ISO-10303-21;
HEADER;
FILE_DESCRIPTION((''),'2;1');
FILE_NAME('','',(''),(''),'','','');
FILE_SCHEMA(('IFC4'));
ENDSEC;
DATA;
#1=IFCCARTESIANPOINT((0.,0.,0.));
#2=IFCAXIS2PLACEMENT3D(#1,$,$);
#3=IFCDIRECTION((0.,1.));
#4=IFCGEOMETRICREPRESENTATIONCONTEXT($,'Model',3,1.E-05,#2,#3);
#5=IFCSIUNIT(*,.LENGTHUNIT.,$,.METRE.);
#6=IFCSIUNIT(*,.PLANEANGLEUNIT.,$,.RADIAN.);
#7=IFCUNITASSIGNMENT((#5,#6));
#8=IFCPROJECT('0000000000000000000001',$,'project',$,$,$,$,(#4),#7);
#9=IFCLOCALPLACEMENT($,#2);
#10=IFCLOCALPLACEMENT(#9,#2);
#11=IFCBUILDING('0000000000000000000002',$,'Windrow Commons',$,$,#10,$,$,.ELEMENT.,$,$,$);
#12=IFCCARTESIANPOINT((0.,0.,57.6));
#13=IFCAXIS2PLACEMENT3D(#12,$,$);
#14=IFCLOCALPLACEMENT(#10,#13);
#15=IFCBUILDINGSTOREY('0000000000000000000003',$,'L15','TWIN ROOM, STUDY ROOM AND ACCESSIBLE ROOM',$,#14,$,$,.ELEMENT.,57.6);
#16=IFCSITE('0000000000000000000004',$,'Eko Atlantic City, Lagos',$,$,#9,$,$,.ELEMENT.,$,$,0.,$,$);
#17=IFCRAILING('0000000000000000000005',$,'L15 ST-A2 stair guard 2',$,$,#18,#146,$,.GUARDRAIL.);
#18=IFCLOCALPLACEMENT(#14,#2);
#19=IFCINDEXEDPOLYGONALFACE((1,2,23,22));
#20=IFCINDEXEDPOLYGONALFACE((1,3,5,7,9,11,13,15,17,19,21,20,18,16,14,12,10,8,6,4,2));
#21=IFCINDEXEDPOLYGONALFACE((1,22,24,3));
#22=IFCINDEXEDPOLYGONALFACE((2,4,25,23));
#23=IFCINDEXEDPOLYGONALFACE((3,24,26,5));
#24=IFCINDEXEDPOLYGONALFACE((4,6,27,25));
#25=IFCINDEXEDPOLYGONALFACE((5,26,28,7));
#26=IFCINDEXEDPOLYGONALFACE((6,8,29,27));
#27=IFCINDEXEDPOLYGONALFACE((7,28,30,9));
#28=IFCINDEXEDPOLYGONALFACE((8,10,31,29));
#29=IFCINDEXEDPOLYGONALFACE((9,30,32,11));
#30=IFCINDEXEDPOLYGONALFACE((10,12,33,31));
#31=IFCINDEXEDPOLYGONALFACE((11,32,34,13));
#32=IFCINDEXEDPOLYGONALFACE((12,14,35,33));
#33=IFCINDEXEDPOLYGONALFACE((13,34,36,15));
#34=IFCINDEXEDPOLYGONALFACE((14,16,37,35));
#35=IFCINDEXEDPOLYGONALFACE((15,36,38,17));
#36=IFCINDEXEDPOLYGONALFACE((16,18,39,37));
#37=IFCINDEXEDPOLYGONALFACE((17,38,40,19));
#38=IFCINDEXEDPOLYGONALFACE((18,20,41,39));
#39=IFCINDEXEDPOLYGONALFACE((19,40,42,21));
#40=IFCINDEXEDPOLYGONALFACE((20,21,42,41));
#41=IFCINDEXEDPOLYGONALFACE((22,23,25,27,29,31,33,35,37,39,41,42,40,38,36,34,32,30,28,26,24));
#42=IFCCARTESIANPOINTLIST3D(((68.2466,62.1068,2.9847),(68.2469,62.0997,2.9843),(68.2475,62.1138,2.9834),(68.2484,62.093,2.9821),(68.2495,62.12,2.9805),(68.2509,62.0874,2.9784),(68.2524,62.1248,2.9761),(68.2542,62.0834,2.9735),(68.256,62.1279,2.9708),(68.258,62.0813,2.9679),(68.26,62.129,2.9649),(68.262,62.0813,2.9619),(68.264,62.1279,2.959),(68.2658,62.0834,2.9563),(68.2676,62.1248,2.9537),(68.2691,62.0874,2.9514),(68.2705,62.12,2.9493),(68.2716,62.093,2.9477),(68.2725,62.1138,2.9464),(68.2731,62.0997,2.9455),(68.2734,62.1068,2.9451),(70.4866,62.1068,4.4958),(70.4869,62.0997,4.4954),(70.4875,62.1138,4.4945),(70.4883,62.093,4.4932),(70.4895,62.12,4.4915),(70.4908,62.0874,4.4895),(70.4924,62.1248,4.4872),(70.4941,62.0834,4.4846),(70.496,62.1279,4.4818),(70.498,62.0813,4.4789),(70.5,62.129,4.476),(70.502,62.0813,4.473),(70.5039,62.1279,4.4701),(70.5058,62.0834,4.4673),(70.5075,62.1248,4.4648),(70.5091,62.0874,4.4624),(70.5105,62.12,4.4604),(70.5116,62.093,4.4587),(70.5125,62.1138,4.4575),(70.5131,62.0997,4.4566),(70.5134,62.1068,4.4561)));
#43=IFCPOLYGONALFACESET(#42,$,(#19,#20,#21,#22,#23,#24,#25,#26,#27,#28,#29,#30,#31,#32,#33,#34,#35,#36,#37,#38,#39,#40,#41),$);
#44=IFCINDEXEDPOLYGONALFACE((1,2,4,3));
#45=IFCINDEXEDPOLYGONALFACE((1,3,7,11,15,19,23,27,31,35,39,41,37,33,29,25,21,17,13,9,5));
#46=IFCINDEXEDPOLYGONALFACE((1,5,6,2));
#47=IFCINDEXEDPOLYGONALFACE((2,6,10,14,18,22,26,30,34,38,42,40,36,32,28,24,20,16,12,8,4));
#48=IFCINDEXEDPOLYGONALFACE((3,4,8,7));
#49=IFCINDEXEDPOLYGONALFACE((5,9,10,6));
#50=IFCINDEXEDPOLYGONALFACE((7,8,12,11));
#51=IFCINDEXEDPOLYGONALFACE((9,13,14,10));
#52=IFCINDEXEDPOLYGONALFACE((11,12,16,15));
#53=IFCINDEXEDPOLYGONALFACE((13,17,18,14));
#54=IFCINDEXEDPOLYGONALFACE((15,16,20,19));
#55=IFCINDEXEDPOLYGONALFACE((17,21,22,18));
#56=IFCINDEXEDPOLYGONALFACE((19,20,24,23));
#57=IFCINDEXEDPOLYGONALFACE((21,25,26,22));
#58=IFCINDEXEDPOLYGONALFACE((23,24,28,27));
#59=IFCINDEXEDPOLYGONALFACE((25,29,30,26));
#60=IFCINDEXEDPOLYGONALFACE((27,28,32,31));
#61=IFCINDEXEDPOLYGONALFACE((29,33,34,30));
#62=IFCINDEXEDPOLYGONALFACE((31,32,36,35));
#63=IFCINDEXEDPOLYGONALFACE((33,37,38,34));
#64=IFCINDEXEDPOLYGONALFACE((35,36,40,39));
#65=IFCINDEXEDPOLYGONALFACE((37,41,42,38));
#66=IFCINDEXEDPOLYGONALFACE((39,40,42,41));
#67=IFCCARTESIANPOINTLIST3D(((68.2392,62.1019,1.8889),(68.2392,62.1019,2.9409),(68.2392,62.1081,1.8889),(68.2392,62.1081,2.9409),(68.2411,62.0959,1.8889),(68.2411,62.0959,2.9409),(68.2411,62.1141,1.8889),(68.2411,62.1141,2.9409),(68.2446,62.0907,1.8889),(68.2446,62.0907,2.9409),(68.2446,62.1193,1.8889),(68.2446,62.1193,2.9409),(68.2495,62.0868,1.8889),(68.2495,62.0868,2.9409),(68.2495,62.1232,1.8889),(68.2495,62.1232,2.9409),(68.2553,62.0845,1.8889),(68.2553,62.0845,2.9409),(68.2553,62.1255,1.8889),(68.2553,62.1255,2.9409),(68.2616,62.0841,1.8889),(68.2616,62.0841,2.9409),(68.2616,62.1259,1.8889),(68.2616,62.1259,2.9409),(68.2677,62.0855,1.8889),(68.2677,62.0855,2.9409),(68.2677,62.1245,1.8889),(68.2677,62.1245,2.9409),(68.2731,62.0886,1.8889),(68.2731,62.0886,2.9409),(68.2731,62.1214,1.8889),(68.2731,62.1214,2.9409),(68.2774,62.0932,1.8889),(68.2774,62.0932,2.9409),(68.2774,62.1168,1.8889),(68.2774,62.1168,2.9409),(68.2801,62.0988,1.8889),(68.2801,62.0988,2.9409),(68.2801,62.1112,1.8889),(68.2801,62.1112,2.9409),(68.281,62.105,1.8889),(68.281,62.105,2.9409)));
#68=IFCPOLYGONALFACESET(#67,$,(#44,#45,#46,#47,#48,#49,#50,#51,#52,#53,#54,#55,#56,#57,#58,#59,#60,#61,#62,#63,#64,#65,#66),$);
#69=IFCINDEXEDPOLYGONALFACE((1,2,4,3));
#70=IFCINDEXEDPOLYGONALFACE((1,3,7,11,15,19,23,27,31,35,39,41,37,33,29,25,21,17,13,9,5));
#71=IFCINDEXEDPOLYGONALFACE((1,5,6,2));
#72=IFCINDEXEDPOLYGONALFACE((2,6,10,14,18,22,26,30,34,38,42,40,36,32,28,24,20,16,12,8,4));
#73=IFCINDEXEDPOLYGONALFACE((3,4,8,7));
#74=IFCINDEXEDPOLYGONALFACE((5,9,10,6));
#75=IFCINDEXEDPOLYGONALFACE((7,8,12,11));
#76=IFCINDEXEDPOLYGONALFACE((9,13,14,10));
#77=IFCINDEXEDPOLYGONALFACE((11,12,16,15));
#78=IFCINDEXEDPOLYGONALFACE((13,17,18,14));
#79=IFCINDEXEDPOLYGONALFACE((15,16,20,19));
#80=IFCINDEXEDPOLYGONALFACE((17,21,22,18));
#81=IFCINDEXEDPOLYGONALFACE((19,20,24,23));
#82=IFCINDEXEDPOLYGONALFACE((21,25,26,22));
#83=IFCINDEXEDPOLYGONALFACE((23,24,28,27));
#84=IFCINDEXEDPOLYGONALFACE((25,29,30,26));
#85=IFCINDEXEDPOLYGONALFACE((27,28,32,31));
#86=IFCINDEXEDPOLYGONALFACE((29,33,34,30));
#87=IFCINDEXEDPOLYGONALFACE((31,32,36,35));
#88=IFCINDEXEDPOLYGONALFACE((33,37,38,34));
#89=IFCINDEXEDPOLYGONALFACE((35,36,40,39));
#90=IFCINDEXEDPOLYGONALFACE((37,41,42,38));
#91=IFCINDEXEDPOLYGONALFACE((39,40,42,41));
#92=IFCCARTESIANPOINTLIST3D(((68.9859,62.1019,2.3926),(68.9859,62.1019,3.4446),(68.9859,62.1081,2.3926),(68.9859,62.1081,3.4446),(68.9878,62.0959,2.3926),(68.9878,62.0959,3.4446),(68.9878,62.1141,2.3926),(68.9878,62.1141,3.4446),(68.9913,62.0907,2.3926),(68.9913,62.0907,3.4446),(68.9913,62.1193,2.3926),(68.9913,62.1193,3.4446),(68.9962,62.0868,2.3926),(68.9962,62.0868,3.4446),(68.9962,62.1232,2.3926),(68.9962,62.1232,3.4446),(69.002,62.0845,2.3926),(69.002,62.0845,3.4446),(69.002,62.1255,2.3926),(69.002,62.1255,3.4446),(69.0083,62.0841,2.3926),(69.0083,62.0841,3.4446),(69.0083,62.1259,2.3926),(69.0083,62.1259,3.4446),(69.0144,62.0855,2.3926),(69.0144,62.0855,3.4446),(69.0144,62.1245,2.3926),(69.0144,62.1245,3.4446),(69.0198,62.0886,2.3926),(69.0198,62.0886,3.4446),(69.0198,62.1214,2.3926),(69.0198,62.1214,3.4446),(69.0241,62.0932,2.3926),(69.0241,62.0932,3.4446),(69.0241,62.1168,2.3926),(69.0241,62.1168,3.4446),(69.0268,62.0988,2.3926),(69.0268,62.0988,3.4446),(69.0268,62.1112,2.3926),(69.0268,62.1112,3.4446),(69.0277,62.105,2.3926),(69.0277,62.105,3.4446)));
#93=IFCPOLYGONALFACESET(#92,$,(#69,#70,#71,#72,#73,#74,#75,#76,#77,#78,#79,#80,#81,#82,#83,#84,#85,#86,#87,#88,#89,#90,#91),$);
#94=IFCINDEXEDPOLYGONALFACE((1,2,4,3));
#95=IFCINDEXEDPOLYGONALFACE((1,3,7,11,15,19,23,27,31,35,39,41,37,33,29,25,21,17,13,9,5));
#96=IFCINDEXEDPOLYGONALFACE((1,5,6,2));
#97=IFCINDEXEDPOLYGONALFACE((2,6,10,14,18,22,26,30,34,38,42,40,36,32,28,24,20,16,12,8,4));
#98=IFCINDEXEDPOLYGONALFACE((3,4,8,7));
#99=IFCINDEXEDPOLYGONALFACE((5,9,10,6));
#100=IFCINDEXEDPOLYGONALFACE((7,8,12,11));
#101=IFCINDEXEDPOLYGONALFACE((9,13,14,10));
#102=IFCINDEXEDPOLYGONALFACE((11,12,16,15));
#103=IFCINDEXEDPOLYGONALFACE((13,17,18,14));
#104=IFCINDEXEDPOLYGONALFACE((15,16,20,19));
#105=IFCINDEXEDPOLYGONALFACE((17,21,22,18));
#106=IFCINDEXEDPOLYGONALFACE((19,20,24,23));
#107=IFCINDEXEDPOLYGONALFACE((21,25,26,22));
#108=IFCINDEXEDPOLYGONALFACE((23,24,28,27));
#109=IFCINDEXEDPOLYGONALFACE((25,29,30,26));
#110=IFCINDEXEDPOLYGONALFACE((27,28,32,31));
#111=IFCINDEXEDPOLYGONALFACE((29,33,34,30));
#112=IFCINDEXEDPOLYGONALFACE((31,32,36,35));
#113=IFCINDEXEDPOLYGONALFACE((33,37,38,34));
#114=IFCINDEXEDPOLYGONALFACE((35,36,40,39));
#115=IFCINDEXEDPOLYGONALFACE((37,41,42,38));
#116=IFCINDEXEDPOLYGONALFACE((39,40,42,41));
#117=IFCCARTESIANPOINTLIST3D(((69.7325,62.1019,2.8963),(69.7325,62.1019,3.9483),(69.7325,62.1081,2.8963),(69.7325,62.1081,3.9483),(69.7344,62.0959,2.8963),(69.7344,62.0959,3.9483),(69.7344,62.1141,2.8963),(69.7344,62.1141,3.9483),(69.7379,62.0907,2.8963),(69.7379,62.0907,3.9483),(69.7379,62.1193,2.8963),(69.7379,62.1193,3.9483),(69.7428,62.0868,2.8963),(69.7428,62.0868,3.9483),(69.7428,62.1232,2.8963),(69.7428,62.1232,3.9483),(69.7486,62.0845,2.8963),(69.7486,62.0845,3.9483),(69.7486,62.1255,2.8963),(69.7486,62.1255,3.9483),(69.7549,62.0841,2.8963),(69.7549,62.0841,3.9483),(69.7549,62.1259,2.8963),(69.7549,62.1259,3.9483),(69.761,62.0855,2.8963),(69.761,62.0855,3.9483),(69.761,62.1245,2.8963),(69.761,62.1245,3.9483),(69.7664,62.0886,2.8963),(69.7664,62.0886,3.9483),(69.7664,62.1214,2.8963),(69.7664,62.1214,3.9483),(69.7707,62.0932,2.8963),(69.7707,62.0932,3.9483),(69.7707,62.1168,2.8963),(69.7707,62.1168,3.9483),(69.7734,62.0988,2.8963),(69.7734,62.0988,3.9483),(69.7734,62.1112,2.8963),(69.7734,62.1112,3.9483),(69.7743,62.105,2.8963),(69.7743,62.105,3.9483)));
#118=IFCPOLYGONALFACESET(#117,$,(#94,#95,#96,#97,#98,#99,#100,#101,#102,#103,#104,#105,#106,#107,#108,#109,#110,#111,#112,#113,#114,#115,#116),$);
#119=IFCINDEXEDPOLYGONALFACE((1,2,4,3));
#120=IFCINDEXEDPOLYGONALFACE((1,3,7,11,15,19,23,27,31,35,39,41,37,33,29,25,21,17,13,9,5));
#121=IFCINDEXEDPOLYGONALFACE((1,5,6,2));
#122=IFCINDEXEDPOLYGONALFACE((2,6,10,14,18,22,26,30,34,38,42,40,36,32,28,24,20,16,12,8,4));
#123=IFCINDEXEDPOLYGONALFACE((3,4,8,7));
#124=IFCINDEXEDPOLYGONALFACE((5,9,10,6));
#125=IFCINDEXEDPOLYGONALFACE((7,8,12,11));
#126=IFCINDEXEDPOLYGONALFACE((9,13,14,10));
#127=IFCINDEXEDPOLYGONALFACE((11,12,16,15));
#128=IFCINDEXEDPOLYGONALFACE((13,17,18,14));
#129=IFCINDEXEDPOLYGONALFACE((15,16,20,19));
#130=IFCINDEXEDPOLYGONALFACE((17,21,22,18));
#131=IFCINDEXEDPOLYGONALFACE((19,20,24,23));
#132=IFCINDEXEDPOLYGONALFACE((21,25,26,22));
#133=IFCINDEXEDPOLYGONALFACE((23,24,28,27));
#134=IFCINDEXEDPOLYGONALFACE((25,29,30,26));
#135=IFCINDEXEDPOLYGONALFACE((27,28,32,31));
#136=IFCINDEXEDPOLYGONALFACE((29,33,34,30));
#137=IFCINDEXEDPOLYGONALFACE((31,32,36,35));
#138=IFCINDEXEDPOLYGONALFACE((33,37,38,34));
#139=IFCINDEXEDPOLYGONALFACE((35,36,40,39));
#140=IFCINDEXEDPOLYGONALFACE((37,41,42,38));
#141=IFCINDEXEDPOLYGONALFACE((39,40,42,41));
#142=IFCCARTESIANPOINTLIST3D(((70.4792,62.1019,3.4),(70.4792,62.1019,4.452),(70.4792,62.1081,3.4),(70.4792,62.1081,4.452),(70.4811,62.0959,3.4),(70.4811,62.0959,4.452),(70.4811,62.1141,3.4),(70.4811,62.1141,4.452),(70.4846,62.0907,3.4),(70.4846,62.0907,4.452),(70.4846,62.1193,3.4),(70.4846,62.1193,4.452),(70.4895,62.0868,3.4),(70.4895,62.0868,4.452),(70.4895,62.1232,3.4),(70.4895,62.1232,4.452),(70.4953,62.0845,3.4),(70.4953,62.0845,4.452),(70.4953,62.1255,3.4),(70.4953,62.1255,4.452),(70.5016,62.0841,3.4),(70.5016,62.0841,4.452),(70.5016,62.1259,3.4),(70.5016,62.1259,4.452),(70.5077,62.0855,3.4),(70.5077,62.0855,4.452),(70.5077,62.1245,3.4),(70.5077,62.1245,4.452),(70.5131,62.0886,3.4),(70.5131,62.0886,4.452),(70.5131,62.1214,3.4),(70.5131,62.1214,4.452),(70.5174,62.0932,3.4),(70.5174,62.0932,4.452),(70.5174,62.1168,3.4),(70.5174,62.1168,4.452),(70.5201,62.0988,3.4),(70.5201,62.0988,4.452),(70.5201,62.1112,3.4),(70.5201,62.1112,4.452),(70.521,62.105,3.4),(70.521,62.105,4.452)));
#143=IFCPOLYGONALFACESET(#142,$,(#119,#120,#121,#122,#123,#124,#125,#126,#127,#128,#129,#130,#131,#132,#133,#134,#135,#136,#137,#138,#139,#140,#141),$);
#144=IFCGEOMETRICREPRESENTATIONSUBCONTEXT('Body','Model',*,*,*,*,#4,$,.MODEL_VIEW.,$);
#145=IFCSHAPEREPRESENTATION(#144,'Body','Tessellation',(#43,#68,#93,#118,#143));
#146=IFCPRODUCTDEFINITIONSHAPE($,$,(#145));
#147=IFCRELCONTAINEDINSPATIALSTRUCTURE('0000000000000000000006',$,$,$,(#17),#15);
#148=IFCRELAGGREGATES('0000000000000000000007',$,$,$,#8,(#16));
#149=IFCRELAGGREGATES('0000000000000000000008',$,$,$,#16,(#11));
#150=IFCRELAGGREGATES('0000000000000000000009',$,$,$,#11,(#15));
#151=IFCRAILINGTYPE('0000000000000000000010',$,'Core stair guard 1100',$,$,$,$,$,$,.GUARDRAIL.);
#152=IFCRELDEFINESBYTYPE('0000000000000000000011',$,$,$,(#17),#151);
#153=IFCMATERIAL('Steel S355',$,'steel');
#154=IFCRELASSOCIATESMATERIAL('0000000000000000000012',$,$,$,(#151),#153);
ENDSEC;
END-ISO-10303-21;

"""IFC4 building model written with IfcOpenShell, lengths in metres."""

from ifc_helpers import new_model, si_unit, direction, frame, origin, origin_2d, place, context, subcontext, project, spatial, circle, extrude, material, type_object, element, save


model = new_model("IFC4")

# Units and contexts
model_context = context("Model", 3, precision=1e-05, world=origin(), true_north=direction((0.0, 1.0)))
body_context = subcontext(model_context, "Body", "Model", "MODEL_VIEW")
ifc_project = project(units=[si_unit("LENGTHUNIT", "METRE"), si_unit("PLANEANGLEUNIT", "RADIAN")], contexts=[model_context])

# Site, building, storey
site_placement = place(None, origin())
site = spatial("IfcSite", under=ifc_project, at=site_placement, Name="Eko Atlantic City, Lagos", CompositionType="ELEMENT", RefElevation=0.0)
building_placement = place(site_placement, origin())
building = spatial("IfcBuilding", under=site, at=building_placement, Name="Windrow Commons", CompositionType="ELEMENT")
storey_placement = place(building_placement, frame((0.0, 0.0, 57.6)))
storey = spatial("IfcBuildingStorey", under=building, at=storey_placement, Name="L15", Description="TWIN ROOM, STUDY ROOM AND ACCESSIBLE ROOM", CompositionType="ELEMENT", Elevation=57.6)

# Railing
ifc_material_1 = material(Name="Steel S355", Category="steel")
railing_type_1 = type_object("IfcRailingType", Name="Core stair guard 1100", PredefinedType="GUARDRAIL", material=ifc_material_1)
railing_1_placement = place(storey_placement, frame((68.26, 62.105, 1.8889)))
element("IfcRailing", 1, at=railing_1_placement, inside=storey, type_object=railing_type_1, Name="L15 ST-A2 stair guard 2", PredefinedType="GUARDRAIL", context=body_context, shape_type="SweptSolid", body=[
    extrude(circle(Radius=0.024, at=origin_2d()), frame((0.0, 0.0, 1.076), z_axis=(0.829003, 0.0, 0.559244), x_axis=(0.0, 1.0, 0.0)), (0.0, 0.0, 1.0), 2.702),
    extrude(circle(Radius=0.021, at=origin_2d()), origin(), (0.0, 0.0, 1.0), 1.052),
    extrude(circle(Radius=0.021, at=origin_2d()), frame((0.7467, 0.0, 0.5037)), (0.0, 0.0, 1.0), 1.052),
    extrude(circle(Radius=0.021, at=origin_2d()), frame((1.4933, 0.0, 1.0074)), (0.0, 0.0, 1.0), 1.052),
    extrude(circle(Radius=0.021, at=origin_2d()), frame((2.24, 0.0, 1.5111)), (0.0, 0.0, 1.0), 1.052),
])

save(model, "model.ifc")
